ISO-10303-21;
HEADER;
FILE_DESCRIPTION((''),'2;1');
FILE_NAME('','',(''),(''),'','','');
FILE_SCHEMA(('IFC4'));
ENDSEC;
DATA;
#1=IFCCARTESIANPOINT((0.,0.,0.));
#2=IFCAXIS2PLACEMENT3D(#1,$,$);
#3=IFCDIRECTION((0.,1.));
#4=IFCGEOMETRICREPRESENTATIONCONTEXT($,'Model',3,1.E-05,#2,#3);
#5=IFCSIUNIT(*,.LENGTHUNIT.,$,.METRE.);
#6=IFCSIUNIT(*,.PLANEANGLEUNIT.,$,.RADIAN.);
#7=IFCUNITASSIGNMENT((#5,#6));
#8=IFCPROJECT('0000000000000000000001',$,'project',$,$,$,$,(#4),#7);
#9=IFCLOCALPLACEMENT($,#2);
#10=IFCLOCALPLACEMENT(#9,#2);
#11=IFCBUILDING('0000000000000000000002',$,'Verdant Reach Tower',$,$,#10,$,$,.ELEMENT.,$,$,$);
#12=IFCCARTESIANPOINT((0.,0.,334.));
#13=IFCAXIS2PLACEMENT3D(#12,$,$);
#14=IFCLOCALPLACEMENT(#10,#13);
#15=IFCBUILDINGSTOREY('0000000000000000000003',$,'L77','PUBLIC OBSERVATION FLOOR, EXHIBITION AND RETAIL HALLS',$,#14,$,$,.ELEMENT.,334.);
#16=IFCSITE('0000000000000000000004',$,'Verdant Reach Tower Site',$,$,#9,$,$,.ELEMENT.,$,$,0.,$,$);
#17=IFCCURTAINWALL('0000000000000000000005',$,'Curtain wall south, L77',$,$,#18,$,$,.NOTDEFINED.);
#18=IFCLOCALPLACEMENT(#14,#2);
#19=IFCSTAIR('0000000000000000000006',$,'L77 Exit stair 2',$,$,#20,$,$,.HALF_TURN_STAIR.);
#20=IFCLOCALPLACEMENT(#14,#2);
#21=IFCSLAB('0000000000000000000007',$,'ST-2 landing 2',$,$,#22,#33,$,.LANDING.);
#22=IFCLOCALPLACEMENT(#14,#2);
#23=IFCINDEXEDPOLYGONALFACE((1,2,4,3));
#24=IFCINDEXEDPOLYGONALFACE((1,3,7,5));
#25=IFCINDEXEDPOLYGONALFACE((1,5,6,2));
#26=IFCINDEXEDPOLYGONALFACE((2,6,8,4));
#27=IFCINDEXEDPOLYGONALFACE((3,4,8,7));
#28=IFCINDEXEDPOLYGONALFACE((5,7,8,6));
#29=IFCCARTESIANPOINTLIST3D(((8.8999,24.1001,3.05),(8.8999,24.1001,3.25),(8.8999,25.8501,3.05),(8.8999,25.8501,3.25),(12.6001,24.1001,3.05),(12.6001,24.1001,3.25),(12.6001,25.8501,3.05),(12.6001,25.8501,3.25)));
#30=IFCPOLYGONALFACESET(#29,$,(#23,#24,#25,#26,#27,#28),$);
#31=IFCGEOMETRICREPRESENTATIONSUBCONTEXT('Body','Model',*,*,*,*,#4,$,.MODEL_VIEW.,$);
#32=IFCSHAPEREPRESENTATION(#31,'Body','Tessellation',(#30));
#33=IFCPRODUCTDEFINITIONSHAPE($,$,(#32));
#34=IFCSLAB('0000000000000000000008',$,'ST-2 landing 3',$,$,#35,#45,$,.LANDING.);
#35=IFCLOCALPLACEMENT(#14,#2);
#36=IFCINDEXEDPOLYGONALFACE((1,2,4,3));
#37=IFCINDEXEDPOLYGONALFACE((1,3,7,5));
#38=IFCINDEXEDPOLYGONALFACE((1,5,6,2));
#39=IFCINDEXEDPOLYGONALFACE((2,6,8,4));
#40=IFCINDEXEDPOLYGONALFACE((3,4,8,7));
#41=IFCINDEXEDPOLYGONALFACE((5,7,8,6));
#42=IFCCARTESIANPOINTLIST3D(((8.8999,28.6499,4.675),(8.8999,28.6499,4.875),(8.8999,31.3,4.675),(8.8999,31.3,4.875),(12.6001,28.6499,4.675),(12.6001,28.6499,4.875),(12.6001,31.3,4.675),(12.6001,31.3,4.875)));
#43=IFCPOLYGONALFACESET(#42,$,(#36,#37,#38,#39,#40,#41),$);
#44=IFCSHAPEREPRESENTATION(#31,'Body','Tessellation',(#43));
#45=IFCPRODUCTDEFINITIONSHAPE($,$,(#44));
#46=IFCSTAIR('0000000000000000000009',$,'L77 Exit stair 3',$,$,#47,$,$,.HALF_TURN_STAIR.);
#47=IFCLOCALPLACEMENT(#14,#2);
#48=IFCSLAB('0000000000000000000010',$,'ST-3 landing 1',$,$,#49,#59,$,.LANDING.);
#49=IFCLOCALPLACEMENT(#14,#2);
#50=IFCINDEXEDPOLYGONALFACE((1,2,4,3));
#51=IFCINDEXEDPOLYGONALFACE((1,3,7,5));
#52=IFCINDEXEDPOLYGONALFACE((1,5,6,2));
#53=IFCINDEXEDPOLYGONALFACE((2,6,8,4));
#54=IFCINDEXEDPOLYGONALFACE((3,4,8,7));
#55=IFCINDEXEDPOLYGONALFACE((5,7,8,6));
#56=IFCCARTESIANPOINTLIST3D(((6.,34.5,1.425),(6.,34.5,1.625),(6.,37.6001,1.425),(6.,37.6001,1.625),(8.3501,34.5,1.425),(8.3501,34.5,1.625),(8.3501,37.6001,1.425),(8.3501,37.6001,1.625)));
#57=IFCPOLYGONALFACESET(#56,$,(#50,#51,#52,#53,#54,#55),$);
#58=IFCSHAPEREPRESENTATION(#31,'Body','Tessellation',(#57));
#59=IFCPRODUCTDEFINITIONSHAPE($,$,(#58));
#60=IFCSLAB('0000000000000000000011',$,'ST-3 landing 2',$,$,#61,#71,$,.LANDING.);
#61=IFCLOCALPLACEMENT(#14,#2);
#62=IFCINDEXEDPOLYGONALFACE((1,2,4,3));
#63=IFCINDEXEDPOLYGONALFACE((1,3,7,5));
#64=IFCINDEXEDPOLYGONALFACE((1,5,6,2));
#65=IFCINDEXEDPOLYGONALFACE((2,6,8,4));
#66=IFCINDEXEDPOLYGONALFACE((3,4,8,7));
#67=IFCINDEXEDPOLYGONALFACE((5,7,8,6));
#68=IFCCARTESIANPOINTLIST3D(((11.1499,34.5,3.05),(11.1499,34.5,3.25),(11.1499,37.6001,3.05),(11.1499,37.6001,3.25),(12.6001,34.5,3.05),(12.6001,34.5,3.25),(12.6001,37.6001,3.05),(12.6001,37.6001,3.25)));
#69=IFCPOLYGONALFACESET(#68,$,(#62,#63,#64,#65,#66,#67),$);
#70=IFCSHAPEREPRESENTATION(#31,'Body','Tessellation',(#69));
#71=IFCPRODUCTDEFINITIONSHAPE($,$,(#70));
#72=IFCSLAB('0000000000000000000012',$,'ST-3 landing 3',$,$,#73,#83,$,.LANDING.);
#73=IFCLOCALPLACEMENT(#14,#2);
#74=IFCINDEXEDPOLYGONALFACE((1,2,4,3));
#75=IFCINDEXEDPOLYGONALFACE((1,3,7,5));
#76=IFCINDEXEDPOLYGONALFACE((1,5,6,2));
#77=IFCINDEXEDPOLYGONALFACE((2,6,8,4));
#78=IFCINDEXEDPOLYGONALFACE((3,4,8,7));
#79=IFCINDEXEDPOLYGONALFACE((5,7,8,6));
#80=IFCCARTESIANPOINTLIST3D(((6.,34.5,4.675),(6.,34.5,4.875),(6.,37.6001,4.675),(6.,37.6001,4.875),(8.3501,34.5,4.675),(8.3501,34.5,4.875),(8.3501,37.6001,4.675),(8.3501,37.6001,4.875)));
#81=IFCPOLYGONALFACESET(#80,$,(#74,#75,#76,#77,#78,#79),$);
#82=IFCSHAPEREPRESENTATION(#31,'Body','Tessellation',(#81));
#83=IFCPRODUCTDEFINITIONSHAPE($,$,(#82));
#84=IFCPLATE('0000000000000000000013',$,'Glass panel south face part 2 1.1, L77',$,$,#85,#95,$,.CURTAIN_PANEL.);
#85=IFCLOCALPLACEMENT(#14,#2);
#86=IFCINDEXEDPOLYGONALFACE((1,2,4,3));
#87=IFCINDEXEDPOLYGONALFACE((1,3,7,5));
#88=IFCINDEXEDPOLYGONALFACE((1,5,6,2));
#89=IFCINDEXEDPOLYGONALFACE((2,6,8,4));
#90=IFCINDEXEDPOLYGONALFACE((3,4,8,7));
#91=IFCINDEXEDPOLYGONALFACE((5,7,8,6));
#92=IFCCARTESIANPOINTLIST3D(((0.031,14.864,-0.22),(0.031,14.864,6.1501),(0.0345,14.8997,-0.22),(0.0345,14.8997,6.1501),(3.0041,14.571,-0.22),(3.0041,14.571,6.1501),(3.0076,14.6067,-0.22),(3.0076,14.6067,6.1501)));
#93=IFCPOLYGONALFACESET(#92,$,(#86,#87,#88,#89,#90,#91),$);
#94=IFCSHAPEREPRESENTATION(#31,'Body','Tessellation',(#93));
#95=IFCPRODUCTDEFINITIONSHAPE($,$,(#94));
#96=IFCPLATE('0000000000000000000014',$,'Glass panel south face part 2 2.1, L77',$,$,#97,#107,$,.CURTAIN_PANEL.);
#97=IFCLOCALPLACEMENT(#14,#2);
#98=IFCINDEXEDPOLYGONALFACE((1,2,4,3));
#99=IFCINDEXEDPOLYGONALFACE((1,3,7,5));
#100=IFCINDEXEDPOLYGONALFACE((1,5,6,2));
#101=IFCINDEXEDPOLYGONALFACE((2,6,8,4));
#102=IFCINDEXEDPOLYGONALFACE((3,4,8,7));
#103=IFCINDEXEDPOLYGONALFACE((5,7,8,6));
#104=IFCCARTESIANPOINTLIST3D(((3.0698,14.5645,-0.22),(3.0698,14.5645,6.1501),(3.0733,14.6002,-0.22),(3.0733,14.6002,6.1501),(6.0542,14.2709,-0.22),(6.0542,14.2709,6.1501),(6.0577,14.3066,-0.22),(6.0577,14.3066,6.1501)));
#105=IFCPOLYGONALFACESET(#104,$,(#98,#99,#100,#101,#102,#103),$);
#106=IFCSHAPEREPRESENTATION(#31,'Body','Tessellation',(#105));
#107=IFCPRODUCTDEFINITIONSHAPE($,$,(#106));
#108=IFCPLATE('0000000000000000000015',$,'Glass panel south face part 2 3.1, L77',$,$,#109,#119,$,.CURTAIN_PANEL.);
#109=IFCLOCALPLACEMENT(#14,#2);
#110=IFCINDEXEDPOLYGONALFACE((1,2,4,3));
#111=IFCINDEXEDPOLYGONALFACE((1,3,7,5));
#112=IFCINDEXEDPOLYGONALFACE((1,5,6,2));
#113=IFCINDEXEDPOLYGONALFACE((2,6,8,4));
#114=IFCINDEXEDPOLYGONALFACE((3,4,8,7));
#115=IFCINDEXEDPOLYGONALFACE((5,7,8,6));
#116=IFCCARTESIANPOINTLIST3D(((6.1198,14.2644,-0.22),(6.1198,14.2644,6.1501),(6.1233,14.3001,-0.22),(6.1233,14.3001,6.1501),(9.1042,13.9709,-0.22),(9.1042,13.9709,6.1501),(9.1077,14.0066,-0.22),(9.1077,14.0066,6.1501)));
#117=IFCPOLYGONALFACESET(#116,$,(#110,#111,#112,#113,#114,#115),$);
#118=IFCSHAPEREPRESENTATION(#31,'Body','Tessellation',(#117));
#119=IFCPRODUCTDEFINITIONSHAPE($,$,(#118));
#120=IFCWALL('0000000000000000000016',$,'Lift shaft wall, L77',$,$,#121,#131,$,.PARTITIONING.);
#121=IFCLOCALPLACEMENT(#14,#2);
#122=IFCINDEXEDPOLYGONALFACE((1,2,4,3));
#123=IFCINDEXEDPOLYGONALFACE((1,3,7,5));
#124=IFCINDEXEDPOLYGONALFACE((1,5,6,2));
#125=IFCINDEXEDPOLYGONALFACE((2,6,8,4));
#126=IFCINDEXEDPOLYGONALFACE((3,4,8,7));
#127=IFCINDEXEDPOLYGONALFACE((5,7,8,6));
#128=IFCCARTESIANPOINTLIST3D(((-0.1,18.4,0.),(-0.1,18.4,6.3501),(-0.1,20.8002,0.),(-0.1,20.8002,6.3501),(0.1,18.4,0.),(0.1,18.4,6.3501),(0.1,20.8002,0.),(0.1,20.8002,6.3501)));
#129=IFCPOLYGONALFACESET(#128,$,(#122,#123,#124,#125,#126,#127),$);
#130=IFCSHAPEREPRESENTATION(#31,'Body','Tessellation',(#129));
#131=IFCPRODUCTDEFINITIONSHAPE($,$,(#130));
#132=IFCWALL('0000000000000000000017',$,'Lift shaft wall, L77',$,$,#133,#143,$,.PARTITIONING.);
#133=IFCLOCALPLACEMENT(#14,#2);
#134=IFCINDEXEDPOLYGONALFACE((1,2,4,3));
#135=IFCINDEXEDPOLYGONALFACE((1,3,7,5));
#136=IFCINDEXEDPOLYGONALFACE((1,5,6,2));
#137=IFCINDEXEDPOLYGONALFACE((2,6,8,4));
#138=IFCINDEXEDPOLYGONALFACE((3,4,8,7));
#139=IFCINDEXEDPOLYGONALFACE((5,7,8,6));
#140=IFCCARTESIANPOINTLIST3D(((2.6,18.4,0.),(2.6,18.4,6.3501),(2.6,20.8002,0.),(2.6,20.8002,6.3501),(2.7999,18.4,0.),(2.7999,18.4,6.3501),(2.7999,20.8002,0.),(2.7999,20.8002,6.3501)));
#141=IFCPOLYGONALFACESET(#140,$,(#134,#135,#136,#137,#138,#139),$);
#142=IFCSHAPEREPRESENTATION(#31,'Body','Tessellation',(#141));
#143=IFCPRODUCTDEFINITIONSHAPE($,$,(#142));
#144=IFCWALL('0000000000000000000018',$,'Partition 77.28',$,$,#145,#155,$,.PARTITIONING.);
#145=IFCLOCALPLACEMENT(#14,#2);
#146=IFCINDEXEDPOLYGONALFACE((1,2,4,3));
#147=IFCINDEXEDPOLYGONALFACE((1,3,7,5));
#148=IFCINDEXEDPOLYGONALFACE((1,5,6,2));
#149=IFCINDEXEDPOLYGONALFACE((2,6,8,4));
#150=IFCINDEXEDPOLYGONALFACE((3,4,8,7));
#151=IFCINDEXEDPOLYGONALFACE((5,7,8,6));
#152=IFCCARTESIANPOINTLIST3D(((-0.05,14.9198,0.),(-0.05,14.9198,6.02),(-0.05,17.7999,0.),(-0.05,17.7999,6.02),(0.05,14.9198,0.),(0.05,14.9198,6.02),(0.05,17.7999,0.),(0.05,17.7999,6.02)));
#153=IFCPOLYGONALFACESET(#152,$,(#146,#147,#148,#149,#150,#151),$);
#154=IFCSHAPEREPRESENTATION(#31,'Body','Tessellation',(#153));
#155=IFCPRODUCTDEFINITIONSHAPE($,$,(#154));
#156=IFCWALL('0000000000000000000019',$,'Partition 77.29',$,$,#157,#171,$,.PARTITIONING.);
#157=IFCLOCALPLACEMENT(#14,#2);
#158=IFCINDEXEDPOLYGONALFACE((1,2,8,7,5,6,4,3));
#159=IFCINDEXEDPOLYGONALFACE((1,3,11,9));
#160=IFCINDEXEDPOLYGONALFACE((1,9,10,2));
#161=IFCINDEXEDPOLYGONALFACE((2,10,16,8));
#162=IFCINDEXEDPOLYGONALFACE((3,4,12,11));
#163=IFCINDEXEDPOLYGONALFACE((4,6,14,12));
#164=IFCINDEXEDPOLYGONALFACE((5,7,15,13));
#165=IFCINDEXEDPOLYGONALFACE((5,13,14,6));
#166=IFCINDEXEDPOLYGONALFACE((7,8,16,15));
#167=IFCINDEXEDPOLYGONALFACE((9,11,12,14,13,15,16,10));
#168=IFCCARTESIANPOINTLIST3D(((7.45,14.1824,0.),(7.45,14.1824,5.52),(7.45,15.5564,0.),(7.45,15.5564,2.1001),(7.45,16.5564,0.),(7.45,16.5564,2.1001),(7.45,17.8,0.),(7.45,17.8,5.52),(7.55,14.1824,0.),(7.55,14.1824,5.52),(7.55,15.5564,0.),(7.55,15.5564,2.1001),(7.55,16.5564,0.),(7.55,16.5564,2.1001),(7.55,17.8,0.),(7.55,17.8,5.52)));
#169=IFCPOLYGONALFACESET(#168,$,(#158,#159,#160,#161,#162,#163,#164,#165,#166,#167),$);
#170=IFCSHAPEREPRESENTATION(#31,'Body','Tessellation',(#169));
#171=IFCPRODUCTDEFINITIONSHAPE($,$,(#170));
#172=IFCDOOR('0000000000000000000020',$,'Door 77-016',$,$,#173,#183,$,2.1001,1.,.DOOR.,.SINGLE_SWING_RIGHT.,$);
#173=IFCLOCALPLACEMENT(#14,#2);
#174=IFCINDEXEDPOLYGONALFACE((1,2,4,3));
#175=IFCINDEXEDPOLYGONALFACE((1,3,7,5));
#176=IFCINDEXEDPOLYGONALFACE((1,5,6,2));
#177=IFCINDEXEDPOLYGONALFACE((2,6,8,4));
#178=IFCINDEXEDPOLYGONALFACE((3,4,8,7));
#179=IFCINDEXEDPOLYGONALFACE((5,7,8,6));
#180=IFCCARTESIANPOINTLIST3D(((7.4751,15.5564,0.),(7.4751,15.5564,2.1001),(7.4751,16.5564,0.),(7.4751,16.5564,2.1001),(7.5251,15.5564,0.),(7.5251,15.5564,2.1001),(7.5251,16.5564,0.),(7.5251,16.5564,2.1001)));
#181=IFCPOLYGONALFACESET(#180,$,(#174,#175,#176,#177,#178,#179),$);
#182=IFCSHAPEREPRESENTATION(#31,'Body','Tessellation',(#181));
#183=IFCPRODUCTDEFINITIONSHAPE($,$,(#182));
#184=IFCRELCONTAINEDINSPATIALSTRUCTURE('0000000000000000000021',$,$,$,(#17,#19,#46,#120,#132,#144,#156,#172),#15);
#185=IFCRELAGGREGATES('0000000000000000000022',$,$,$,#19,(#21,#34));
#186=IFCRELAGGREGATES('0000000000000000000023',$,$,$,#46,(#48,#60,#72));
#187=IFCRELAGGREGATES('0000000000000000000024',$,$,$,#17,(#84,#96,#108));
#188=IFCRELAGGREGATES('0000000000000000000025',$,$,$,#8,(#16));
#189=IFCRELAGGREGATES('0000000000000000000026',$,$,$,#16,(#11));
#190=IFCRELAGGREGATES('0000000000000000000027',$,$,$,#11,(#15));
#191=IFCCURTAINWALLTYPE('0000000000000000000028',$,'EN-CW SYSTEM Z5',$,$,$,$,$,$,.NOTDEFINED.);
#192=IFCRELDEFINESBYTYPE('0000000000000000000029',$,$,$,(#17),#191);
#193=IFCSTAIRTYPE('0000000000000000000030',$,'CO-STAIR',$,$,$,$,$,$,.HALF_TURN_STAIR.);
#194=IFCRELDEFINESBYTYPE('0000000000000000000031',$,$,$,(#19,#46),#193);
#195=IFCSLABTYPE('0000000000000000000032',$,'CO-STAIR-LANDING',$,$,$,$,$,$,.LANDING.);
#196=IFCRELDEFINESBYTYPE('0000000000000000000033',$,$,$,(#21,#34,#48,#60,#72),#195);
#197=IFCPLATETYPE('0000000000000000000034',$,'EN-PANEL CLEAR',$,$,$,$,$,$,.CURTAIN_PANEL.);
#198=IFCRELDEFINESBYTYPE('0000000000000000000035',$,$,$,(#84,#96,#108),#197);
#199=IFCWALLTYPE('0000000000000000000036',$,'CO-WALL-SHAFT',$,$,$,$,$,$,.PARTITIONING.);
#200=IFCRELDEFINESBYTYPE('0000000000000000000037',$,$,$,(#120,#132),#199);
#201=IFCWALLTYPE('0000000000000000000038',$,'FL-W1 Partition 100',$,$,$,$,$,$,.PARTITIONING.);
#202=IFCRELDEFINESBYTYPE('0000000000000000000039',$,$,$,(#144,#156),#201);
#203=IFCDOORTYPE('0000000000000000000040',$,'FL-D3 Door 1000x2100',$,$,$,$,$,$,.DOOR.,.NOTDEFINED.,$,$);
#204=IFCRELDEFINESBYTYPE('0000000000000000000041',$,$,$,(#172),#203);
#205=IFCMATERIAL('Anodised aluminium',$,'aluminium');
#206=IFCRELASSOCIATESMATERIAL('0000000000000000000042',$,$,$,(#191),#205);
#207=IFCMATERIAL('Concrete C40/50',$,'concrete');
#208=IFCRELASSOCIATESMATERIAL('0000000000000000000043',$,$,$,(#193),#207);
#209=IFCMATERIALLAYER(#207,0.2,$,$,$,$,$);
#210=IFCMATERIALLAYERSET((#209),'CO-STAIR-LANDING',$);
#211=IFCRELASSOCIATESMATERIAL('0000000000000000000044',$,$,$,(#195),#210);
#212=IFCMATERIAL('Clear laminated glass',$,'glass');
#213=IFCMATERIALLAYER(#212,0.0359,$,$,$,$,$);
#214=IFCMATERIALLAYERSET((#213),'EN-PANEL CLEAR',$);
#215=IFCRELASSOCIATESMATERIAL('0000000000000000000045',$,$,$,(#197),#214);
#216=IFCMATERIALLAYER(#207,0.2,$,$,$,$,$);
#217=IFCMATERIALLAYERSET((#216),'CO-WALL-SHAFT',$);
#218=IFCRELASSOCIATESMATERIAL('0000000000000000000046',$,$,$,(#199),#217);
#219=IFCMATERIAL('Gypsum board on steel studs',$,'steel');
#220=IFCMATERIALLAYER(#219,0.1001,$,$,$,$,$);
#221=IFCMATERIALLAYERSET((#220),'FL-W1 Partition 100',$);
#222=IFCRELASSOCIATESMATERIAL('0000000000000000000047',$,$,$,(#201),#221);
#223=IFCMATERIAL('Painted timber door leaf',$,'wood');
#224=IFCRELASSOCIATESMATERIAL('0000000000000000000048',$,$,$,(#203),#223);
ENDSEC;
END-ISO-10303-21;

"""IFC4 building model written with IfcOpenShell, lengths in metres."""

from ifc_helpers import new_model, si_unit, direction, frame, frame_2d, origin, origin_2d, place, context, subcontext, project, spatial, polyline, rectangle, outline, extrude, material, layer, layer_set, type_object, element, fill, aggregate, save


model = new_model("IFC4")

# Units and contexts
model_context = context("Model", 3, precision=1e-05, world=origin(), true_north=direction((0.0, 1.0)))
body_context = subcontext(model_context, "Body", "Model", "MODEL_VIEW")
ifc_project = project(units=[si_unit("LENGTHUNIT", "METRE"), si_unit("PLANEANGLEUNIT", "RADIAN")], contexts=[model_context])

# Site, building, storey
site_placement = place(None, origin())
site = spatial("IfcSite", under=ifc_project, at=site_placement, Name="Verdant Reach Tower Site", CompositionType="ELEMENT", RefElevation=0.0)
building_placement = place(site_placement, origin())
building = spatial("IfcBuilding", under=site, at=building_placement, Name="Verdant Reach Tower", CompositionType="ELEMENT")
storey_placement = place(building_placement, frame((0.0, 0.0, 334.0)))
storey = spatial("IfcBuildingStorey", under=building, at=storey_placement, Name="L77", Description="PUBLIC OBSERVATION FLOOR, EXHIBITION AND RETAIL HALLS", CompositionType="ELEMENT", Elevation=334.0)

# Curtain wall
ifc_material_1 = material(Name="Anodised aluminium", Category="aluminium")
curtain_wall_type = type_object("IfcCurtainWallType", Name="EN-CW SYSTEM Z5", PredefinedType="NOTDEFINED", material=ifc_material_1)
curtain_wall_placement = place(storey_placement, origin())
curtain_wall = element("IfcCurtainWall", 1, at=curtain_wall_placement, inside=storey, type_object=curtain_wall_type, Name="Curtain wall south, L77", PredefinedType="NOTDEFINED")

# Stairs, slabs
ifc_material_2 = material(Name="Concrete C40/50", Category="concrete")
stair_type = type_object("IfcStairType", Name="CO-STAIR", PredefinedType="HALF_TURN_STAIR", material=ifc_material_2)
stair_1_placement = place(storey_placement, origin())
stair_1 = element("IfcStair", 2, at=stair_1_placement, inside=storey, type_object=stair_type, Name="L77 Exit stair 2", PredefinedType="HALF_TURN_STAIR")
ifc_layer_1 = layer(ifc_material_2, 0.2)
ifc_layer_set_1 = layer_set([ifc_layer_1], Name="CO-STAIR-LANDING")
slab_type = type_object("IfcSlabType", Name="CO-STAIR-LANDING", PredefinedType="LANDING", material=ifc_layer_set_1)
slab_1_placement = place(storey_placement, frame((0.0, 0.0, 3.05)))
slab_1 = element("IfcSlab", 3, at=slab_1_placement, type_object=slab_type, Name="ST-2 landing 2", PredefinedType="LANDING", context=body_context, shape_type="SweptSolid", body=[
    extrude(outline(polyline([(12.6001, 24.1001), (12.6001, 25.8501), (8.8999, 25.8501), (8.8999, 24.1001), (12.6001, 24.1001)])), origin(), (0.0, 0.0, 1.0), 0.2),
])
slab_2_placement = place(storey_placement, frame((0.0, 0.0, 4.675)))
slab_2 = element("IfcSlab", 4, at=slab_2_placement, type_object=slab_type, Name="ST-2 landing 3", PredefinedType="LANDING", context=body_context, shape_type="SweptSolid", body=[
    extrude(outline(polyline([(12.6001, 28.6499), (12.6001, 31.3), (8.8999, 31.3), (8.8999, 28.6499), (12.6001, 28.6499)])), origin(), (0.0, 0.0, 1.0), 0.2),
])
aggregate(stair_1, [slab_1, slab_2])
stair_2_placement = place(storey_placement, origin())
stair_2 = element("IfcStair", 5, at=stair_2_placement, inside=storey, type_object=stair_type, Name="L77 Exit stair 3", PredefinedType="HALF_TURN_STAIR")
slab_3_placement = place(storey_placement, frame((0.0, 0.0, 1.425)))
slab_3 = element("IfcSlab", 6, at=slab_3_placement, type_object=slab_type, Name="ST-3 landing 1", PredefinedType="LANDING", context=body_context, shape_type="SweptSolid", body=[
    extrude(outline(polyline([(8.3501, 37.6001), (6.0, 37.6001), (6.0, 34.5), (8.3501, 34.5), (8.3501, 37.6001)])), origin(), (0.0, 0.0, 1.0), 0.2),
])
slab_4_placement = place(storey_placement, frame((0.0, 0.0, 3.05)))
slab_4 = element("IfcSlab", 7, at=slab_4_placement, type_object=slab_type, Name="ST-3 landing 2", PredefinedType="LANDING", context=body_context, shape_type="SweptSolid", body=[
    extrude(outline(polyline([(12.6001, 37.6001), (11.1499, 37.6001), (11.1499, 34.5), (12.6001, 34.5), (12.6001, 37.6001)])), origin(), (0.0, 0.0, 1.0), 0.2),
])
slab_5_placement = place(storey_placement, frame((0.0, 0.0, 4.675)))
slab_5 = element("IfcSlab", 8, at=slab_5_placement, type_object=slab_type, Name="ST-3 landing 3", PredefinedType="LANDING", context=body_context, shape_type="SweptSolid", body=[
    extrude(outline(polyline([(8.3501, 37.6001), (6.0, 37.6001), (6.0, 34.5), (8.3501, 34.5), (8.3501, 37.6001)])), origin(), (0.0, 0.0, 1.0), 0.2),
])
aggregate(stair_2, [slab_3, slab_4, slab_5])

# Plates
ifc_material_3 = material(Name="Clear laminated glass", Category="glass")
ifc_layer_2 = layer(ifc_material_3, 0.0359)
ifc_layer_set_2 = layer_set([ifc_layer_2], Name="EN-PANEL CLEAR")
plate_type = type_object("IfcPlateType", Name="EN-PANEL CLEAR", PredefinedType="CURTAIN_PANEL", material=ifc_layer_set_2)
plate_1_placement = place(storey_placement, frame((1.5193, 14.7354, -0.22), z_axis=(0.0, 0.0, 1.0), x_axis=(0.99518, -0.098068, 0.0)))
plate_1 = element("IfcPlate", 9, at=plate_1_placement, type_object=plate_type, Name="Glass panel south face part 2 1.1, L77", PredefinedType="CURTAIN_PANEL", context=body_context, shape_type="SweptSolid", body=[
    extrude(rectangle(XDim=2.9875, YDim=0.0359, at=origin_2d()), origin(), (0.0, 0.0, 1.0), 6.3701),
])
plate_2_placement = place(storey_placement, frame((4.5637, 14.4355, -0.22), z_axis=(0.0, 0.0, 1.0), x_axis=(0.995197, -0.097888, 0.0)))
plate_2 = element("IfcPlate", 10, at=plate_2_placement, type_object=plate_type, Name="Glass panel south face part 2 2.1, L77", PredefinedType="CURTAIN_PANEL", context=body_context, shape_type="SweptSolid", body=[
    extrude(rectangle(XDim=2.9988, YDim=0.0359, at=origin_2d()), origin(), (0.0, 0.0, 1.0), 6.3701),
])
plate_3_placement = place(storey_placement, frame((7.6138, 14.1355, -0.22), z_axis=(0.0, 0.0, 1.0), x_axis=(0.995197, -0.097888, 0.0)))
plate_3 = element("IfcPlate", 11, at=plate_3_placement, type_object=plate_type, Name="Glass panel south face part 2 3.1, L77", PredefinedType="CURTAIN_PANEL", context=body_context, shape_type="SweptSolid", body=[
    extrude(rectangle(XDim=2.9988, YDim=0.0359, at=origin_2d()), origin(), (0.0, 0.0, 1.0), 6.3701),
])
aggregate(curtain_wall, [plate_1, plate_2, plate_3])

# Walls
ifc_layer_3 = layer(ifc_material_2, 0.2)
ifc_layer_set_3 = layer_set([ifc_layer_3], Name="CO-WALL-SHAFT")
wall_type_1 = type_object("IfcWallType", Name="CO-WALL-SHAFT", PredefinedType="PARTITIONING", material=ifc_layer_set_3)
for number, where, z_axis, x_axis, name in (
    (12, (0.0, 18.3999, 0.0), (0.0, 0.0, 1.0), (0.0, 1.0, 0.0), "Lift shaft wall, L77"),
    (13, (2.7, 18.3999, 0.0), (0.0, 0.0, 1.0), (0.0, 1.0, 0.0), "Lift shaft wall, L77"),
):
    element("IfcWall", number, at=place(storey_placement, frame(where, z_axis=z_axis, x_axis=x_axis)), inside=storey, type_object=wall_type_1, Name=name, PredefinedType="PARTITIONING", context=body_context, shape_type="SweptSolid", body=[
        extrude(rectangle(XDim=2.4001, YDim=0.2, at=frame_2d((1.2002, 0.0))), origin(), (0.0, 0.0, 1.0), 6.3501),
    ])
ifc_material_4 = material(Name="Gypsum board on steel studs", Category="steel")
ifc_layer_4 = layer(ifc_material_4, 0.1001)
ifc_layer_set_4 = layer_set([ifc_layer_4], Name="FL-W1 Partition 100")
wall_type_2 = type_object("IfcWallType", Name="FL-W1 Partition 100", PredefinedType="PARTITIONING", material=ifc_layer_set_4)
wall_1_placement = place(storey_placement, frame((0.0, 14.9199, 0.0), z_axis=(0.0, 0.0, 1.0), x_axis=(0.0, 1.0, 0.0)))
element("IfcWall", 14, at=wall_1_placement, inside=storey, type_object=wall_type_2, Name="Partition 77.28", PredefinedType="PARTITIONING", context=body_context, shape_type="SweptSolid", body=[
    extrude(rectangle(XDim=2.8801, YDim=0.1001, at=frame_2d((1.4399, 0.0))), origin(), (0.0, 0.0, 1.0), 6.02),
])

# Wall, opening, door
wall_2_placement = place(storey_placement, frame((7.5, 14.1824, 0.0), z_axis=(0.0, 0.0, 1.0), x_axis=(0.0, 1.0, 0.0)))
wall_2 = element("IfcWall", 15, at=wall_2_placement, inside=storey, type_object=wall_type_2, Name="Partition 77.29", PredefinedType="PARTITIONING", context=body_context, shape_type="SweptSolid", body=[
    extrude(rectangle(XDim=3.6177, YDim=0.1001, at=frame_2d((1.8088, 0.0))), origin(), (0.0, 0.0, 1.0), 5.52),
])
opening_1_placement = place(wall_2_placement, frame((1.374, 0.0, 0.0)))
opening_1 = element("IfcOpeningElement", 16, at=opening_1_placement, cuts=wall_2, PredefinedType="OPENING", context=body_context, shape_type="SweptSolid", body=[
    extrude(rectangle(XDim=1.0, YDim=2.1001, at=frame_2d((0.5, 1.05))), frame((0.0, 0.0601, 0.0), z_axis=(0.0, -1.0, 0.0), x_axis=(1.0, 0.0, 0.0)), (0.0, 0.0, 1.0), 0.1201),
])
ifc_material_5 = material(Name="Painted timber door leaf", Category="wood")
door_type_1 = type_object("IfcDoorType", Name="FL-D3 Door 1000x2100", OperationType="NOTDEFINED", PredefinedType="DOOR", material=ifc_material_5)
door_1_placement = place(opening_1_placement, origin())
door_1 = element("IfcDoor", 17, at=door_1_placement, inside=storey, type_object=door_type_1, Name="Door 77-016", OperationType="SINGLE_SWING_RIGHT", OverallHeight=2.1001, OverallWidth=1.0, PredefinedType="DOOR", context=body_context, shape_type="SweptSolid", body=[
    extrude(rectangle(XDim=1.0, YDim=2.1001, at=frame_2d((0.5, 1.05))), frame((0.0, 0.0249, 0.0), z_axis=(0.0, -1.0, 0.0), x_axis=(1.0, 0.0, 0.0)), (0.0, 0.0, 1.0), 0.05),
])
fill(opening_1, door_1)

save(model, "model.ifc")
